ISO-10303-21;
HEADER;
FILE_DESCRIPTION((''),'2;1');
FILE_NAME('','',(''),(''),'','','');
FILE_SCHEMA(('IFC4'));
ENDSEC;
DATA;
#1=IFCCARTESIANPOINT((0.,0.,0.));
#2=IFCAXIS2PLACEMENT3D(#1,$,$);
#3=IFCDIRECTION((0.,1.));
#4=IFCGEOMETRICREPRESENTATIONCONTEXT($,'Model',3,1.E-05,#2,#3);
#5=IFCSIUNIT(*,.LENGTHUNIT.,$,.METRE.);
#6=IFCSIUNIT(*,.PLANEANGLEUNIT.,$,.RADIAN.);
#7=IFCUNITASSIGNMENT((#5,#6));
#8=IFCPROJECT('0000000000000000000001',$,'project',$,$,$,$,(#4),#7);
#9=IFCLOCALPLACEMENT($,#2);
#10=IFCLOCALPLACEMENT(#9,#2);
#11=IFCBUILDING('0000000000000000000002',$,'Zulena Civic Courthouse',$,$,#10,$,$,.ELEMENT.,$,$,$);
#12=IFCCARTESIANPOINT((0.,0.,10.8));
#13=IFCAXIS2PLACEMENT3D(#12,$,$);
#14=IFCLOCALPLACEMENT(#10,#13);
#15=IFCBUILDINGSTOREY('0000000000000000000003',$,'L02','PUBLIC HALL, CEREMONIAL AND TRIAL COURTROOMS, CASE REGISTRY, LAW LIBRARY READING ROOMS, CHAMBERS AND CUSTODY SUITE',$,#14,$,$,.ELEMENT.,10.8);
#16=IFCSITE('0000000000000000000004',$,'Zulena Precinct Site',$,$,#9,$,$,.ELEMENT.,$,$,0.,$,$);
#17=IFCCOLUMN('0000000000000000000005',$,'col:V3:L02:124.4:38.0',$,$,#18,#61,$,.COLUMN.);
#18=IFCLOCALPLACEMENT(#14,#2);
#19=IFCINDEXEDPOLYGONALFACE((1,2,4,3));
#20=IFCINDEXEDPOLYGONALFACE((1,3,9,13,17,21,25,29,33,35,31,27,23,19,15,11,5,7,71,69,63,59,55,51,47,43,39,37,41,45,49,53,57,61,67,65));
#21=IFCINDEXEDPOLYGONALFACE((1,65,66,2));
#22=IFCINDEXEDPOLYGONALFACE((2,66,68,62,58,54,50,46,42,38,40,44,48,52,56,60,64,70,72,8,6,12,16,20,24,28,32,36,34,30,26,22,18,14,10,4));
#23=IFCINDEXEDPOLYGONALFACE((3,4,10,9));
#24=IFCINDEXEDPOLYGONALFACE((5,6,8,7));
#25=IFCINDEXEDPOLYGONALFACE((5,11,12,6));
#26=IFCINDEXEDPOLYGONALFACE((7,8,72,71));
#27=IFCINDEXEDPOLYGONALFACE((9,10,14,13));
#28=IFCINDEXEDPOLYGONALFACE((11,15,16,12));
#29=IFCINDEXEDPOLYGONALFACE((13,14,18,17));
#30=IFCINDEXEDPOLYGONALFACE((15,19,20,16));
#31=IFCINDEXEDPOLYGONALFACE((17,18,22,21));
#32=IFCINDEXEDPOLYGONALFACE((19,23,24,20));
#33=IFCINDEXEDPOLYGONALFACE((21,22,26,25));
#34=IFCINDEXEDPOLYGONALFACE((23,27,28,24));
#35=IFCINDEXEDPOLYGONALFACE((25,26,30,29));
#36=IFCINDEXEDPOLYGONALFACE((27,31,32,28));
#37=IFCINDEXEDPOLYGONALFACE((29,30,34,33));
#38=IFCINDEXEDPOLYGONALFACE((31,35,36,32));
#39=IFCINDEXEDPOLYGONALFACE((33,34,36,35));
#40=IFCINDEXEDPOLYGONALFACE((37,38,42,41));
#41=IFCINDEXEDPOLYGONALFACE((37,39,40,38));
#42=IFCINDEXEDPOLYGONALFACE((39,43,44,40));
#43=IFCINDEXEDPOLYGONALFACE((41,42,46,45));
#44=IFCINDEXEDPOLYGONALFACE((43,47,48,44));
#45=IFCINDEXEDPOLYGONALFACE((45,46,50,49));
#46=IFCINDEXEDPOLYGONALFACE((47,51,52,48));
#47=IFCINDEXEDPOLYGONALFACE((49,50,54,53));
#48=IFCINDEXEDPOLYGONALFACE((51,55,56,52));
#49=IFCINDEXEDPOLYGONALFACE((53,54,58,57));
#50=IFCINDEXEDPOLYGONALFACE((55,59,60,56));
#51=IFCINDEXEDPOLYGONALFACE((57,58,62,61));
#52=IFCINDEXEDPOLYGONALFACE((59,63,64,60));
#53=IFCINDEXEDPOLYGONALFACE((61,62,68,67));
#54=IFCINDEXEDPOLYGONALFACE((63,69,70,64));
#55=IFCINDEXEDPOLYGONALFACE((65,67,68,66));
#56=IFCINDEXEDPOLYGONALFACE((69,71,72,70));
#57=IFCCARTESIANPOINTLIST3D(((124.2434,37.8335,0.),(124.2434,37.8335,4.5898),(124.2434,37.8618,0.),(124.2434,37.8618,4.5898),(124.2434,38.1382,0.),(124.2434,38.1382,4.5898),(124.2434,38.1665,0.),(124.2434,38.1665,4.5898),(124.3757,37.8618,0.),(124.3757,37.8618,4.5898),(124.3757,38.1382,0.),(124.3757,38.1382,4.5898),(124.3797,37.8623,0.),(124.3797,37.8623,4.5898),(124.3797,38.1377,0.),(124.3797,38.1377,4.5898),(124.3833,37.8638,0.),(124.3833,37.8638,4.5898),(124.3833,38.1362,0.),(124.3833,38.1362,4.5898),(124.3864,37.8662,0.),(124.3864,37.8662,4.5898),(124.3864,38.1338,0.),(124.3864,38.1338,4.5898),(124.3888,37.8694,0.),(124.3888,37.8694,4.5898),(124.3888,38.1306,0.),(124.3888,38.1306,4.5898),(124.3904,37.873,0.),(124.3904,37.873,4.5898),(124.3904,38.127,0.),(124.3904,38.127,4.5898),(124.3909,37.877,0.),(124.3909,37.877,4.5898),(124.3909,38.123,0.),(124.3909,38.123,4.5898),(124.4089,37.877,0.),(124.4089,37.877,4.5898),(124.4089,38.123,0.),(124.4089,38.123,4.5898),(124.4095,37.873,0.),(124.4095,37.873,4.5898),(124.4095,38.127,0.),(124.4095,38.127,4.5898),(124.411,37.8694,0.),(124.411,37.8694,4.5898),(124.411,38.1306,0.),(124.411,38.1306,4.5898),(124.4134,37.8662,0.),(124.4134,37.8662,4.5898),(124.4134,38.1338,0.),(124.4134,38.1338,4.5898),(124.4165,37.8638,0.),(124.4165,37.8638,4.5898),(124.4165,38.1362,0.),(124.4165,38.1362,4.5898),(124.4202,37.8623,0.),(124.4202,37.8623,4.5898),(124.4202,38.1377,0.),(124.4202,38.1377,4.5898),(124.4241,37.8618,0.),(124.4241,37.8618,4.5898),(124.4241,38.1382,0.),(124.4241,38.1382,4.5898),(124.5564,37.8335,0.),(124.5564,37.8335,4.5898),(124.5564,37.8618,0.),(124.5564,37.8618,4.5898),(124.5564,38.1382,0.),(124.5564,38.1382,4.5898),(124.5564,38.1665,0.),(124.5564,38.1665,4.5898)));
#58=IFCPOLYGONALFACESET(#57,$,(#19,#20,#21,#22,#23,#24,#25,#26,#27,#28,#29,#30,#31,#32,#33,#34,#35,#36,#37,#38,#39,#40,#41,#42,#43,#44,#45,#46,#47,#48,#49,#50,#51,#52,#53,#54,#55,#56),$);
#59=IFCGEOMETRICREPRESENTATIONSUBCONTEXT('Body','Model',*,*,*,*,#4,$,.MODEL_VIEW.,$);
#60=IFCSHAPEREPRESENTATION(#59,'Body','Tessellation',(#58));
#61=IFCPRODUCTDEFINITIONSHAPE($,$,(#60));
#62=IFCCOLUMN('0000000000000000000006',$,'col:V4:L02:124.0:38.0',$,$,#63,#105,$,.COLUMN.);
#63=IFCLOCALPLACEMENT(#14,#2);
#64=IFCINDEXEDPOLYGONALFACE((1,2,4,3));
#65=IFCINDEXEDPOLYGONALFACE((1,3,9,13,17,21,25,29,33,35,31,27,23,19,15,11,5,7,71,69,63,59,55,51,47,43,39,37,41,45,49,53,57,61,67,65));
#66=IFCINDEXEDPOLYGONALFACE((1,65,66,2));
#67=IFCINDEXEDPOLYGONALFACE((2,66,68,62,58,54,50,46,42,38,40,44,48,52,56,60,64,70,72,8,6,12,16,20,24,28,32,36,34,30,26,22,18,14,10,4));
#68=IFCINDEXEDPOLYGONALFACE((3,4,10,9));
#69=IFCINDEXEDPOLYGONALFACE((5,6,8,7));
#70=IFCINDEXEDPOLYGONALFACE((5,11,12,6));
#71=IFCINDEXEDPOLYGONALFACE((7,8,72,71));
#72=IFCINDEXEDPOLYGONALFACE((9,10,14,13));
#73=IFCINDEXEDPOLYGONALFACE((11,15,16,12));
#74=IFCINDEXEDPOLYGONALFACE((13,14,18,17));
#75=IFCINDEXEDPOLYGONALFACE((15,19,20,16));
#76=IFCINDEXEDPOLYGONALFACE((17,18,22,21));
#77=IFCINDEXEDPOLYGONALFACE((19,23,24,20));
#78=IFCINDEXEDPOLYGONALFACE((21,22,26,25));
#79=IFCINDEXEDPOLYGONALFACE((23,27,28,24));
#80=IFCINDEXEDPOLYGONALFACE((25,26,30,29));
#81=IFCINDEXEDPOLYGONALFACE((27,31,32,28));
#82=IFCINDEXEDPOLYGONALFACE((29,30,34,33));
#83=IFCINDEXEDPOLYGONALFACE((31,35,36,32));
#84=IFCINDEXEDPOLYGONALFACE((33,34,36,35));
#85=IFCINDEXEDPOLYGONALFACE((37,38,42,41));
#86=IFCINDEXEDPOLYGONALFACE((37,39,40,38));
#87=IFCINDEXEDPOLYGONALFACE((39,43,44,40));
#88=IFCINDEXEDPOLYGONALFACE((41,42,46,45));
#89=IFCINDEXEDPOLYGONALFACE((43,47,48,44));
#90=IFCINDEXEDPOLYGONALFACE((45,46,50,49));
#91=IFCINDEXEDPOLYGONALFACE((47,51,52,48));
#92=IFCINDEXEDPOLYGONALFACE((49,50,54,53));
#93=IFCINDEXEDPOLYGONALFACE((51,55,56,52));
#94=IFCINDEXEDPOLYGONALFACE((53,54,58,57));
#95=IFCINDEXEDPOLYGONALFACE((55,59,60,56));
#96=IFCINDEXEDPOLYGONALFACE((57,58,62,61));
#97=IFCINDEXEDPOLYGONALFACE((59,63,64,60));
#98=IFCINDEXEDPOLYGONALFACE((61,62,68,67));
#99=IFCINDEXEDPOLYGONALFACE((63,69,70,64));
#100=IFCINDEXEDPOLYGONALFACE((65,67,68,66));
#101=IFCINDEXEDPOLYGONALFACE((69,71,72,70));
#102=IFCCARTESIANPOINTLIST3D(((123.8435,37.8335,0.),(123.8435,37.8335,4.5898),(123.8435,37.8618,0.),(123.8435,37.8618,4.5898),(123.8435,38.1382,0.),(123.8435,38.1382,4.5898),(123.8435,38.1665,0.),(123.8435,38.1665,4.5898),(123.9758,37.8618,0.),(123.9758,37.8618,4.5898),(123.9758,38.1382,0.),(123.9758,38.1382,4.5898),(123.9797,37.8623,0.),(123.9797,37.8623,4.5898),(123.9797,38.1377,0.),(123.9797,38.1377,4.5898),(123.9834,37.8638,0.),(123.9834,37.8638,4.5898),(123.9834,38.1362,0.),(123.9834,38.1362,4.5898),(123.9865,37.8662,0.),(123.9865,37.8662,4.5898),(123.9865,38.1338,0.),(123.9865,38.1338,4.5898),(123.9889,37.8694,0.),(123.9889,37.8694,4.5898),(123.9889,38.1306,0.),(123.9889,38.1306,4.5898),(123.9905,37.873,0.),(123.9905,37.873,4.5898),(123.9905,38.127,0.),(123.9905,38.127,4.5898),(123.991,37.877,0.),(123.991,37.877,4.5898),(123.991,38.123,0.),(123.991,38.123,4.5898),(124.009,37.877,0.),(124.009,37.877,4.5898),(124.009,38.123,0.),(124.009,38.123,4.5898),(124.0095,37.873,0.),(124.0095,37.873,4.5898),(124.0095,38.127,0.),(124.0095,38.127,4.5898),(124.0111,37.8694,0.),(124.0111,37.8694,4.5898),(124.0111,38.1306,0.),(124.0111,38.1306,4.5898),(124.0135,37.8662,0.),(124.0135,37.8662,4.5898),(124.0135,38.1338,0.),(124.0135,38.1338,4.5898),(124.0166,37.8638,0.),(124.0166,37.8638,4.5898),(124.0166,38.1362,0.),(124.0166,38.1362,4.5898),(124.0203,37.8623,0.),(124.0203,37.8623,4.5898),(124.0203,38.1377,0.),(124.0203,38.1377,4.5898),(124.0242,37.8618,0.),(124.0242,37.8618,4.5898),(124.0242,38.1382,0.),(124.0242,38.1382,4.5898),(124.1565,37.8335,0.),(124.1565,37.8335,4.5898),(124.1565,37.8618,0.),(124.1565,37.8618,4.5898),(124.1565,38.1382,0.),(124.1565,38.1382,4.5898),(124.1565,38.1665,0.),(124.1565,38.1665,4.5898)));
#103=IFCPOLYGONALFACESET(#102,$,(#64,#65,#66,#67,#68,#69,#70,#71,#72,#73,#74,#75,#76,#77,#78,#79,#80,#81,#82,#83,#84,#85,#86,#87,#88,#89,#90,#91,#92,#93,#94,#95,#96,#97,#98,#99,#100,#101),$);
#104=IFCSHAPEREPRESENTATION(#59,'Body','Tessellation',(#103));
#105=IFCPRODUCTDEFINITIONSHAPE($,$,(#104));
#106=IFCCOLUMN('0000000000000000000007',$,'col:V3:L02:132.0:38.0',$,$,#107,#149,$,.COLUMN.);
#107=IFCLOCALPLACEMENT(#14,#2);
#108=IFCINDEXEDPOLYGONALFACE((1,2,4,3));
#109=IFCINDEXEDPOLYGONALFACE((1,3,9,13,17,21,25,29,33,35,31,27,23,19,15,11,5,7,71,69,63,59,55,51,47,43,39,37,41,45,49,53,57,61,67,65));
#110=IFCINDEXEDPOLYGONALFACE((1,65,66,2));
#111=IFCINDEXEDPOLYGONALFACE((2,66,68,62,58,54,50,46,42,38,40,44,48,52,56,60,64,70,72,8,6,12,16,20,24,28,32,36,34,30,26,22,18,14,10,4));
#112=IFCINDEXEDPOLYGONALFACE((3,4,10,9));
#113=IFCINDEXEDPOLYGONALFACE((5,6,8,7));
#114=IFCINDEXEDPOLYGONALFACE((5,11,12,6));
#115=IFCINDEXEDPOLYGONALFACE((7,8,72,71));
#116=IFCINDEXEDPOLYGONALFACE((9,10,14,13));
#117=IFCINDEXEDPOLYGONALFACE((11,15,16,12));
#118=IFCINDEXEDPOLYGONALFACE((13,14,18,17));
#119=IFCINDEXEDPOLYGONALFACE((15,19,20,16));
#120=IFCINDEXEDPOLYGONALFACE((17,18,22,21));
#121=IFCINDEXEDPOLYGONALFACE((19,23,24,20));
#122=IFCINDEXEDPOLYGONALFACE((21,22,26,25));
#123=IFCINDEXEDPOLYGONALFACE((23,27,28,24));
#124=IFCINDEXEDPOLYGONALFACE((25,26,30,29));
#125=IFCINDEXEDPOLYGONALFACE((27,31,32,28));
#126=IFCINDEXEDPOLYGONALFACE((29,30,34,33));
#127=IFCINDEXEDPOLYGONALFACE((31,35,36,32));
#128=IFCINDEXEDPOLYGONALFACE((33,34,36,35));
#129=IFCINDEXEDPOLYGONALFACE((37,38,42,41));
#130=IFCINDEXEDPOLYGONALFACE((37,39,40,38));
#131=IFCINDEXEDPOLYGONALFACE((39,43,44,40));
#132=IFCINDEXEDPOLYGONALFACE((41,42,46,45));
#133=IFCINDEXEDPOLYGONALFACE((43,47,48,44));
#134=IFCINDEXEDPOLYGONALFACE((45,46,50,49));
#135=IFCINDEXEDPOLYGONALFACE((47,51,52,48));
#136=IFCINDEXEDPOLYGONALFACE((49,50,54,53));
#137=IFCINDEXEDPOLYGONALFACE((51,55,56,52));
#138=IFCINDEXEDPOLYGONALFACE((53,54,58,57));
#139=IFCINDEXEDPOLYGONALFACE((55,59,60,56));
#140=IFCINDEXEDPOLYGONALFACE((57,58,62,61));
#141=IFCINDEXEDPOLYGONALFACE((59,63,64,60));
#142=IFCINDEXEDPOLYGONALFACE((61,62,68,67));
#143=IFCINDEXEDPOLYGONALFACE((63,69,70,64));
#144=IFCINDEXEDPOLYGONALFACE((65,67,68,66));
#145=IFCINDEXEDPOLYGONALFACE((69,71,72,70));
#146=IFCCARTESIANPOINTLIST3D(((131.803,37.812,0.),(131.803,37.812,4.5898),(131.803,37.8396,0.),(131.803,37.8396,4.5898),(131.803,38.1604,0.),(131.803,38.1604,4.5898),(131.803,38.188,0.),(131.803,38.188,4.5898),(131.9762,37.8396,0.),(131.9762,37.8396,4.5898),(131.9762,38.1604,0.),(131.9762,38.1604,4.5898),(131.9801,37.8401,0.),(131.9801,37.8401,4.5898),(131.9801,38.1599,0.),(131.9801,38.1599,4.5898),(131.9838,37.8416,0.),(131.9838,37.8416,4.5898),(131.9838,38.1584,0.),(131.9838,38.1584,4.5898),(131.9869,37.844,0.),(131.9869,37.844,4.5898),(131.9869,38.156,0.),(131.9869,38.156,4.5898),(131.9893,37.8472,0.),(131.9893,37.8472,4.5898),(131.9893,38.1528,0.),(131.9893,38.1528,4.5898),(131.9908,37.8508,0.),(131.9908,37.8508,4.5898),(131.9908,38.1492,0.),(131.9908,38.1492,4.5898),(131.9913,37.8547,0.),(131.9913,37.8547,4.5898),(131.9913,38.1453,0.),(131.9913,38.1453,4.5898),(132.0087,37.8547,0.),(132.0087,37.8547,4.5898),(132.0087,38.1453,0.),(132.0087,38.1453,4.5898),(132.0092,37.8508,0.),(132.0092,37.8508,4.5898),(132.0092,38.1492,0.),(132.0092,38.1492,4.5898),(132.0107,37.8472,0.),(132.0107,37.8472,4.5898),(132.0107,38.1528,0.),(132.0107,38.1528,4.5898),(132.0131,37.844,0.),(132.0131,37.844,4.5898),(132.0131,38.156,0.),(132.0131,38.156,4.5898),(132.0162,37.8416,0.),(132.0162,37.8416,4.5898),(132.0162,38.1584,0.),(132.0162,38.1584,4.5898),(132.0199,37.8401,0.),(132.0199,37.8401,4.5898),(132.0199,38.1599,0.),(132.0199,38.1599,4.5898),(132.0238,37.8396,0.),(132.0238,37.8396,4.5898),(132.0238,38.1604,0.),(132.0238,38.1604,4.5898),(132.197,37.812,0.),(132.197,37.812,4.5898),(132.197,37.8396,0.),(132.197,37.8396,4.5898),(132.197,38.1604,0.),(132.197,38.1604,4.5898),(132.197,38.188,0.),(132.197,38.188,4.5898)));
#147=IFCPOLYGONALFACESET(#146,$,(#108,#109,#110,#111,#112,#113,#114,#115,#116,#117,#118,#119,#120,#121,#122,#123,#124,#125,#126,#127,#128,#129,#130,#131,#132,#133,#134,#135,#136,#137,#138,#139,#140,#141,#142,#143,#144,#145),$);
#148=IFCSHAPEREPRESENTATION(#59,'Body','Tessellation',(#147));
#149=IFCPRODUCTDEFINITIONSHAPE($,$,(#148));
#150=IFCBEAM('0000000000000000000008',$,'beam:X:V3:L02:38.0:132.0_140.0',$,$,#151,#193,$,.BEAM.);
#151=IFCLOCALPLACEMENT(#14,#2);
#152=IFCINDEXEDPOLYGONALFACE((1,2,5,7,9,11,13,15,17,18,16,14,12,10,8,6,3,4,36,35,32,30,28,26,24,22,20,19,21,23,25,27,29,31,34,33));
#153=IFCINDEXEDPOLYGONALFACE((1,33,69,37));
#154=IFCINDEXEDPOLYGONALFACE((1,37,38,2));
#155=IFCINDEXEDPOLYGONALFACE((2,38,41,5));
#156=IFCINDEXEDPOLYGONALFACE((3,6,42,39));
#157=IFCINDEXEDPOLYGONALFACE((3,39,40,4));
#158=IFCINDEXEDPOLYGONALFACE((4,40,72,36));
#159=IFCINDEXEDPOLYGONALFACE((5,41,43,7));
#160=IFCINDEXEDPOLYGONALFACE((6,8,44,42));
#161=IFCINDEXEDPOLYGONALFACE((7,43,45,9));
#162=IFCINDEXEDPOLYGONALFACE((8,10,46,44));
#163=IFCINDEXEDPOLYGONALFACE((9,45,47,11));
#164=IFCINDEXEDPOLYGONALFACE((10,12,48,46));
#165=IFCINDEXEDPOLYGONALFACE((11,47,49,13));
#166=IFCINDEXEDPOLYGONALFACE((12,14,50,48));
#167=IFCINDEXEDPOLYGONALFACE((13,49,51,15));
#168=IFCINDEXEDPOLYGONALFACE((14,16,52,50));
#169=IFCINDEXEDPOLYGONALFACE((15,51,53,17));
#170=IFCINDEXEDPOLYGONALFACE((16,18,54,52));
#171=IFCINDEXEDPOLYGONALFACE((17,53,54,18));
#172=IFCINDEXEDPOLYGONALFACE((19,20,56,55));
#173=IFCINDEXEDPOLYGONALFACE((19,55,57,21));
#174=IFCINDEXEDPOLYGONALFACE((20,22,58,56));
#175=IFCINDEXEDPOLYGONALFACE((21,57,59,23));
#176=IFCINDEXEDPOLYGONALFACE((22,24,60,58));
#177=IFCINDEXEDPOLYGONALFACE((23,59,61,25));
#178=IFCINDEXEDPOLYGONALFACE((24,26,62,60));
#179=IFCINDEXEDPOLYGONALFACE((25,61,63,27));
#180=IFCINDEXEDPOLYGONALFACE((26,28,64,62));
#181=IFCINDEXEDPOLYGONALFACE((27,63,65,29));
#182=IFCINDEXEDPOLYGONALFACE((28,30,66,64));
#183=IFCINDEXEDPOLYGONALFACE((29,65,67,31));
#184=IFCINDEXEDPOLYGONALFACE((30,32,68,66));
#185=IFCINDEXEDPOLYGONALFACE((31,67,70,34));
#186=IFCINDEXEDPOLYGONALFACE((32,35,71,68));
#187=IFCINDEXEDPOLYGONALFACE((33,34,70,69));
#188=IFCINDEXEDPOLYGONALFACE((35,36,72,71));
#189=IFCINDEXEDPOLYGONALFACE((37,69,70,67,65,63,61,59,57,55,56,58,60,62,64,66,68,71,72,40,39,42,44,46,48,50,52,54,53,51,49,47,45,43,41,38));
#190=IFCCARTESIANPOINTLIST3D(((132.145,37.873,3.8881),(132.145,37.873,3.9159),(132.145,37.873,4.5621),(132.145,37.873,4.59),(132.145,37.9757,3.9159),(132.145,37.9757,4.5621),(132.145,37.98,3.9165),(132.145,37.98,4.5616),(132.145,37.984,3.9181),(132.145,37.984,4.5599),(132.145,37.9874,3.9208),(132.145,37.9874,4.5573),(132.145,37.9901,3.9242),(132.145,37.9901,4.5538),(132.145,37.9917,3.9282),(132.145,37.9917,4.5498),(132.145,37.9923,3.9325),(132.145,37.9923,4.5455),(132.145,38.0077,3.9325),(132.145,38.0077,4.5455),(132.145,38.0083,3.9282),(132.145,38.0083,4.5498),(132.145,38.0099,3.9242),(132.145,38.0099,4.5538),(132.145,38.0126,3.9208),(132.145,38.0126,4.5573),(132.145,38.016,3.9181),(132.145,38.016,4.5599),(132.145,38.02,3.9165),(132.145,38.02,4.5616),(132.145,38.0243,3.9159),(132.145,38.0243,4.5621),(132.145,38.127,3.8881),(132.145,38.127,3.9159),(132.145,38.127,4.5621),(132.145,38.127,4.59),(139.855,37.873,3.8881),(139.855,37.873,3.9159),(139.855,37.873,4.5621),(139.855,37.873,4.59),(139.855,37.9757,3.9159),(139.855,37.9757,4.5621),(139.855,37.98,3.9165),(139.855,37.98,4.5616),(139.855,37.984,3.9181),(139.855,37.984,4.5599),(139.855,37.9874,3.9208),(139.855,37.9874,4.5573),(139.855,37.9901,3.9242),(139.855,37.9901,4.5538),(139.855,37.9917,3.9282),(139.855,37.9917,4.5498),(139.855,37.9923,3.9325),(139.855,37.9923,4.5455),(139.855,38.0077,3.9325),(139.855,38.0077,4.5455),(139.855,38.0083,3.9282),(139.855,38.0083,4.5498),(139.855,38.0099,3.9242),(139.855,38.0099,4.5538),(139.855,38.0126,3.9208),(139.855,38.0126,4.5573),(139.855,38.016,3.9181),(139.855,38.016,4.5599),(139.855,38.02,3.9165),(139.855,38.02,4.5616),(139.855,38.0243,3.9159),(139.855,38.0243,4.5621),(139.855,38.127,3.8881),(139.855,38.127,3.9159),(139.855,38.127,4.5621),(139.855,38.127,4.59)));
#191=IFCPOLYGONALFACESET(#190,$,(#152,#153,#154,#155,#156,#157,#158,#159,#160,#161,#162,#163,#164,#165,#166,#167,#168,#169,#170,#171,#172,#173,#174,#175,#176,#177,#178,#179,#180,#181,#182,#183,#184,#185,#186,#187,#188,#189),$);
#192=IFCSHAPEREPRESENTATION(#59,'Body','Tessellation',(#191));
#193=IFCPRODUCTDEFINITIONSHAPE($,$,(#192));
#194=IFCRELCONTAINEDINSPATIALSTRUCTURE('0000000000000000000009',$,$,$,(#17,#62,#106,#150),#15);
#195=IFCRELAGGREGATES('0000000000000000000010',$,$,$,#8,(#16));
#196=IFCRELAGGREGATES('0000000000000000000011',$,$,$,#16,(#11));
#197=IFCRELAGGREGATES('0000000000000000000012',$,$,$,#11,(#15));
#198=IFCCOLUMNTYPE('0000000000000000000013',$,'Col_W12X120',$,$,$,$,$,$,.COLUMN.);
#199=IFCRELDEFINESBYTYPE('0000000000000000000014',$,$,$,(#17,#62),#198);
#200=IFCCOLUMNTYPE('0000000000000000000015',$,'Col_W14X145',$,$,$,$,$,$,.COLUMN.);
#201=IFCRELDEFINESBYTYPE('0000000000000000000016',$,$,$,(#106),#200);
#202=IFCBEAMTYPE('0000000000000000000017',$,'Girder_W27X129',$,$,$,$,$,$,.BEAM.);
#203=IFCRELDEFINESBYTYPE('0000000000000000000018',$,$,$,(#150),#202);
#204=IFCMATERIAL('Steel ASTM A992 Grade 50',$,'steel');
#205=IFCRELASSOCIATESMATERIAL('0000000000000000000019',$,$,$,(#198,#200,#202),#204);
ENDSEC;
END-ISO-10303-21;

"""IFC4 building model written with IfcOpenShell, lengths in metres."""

from ifc_helpers import new_model, si_unit, direction, frame, origin, origin_2d, place, context, subcontext, project, spatial, i_section, extrude, material, material_profile, profile_set, type_object, element, save


model = new_model("IFC4")

# Units and contexts
model_context = context("Model", 3, precision=1e-05, world=origin(), true_north=direction((0.0, 1.0)))
body_context = subcontext(model_context, "Body", "Model", "MODEL_VIEW")
ifc_project = project(units=[si_unit("LENGTHUNIT", "METRE"), si_unit("PLANEANGLEUNIT", "RADIAN")], contexts=[model_context])

# Site, building, storey
site_placement = place(None, origin())
site = spatial("IfcSite", under=ifc_project, at=site_placement, Name="Zulena Precinct Site", CompositionType="ELEMENT", RefElevation=0.0)
building_placement = place(site_placement, origin())
building = spatial("IfcBuilding", under=site, at=building_placement, Name="Zulena Civic Courthouse", CompositionType="ELEMENT")
storey_placement = place(building_placement, frame((0.0, 0.0, 10.8)))
storey = spatial("IfcBuildingStorey", under=building, at=storey_placement, Name="L02", Description="PUBLIC HALL, CEREMONIAL AND TRIAL COURTROOMS, CASE REGISTRY, LAW LIBRARY READING ROOMS, CHAMBERS AND CUSTODY SUITE", CompositionType="ELEMENT", Elevation=10.8)

# Columns
ifc_material_1 = material(Name="Steel ASTM A992 Grade 50", Category="steel")
ifc_material_profile_1 = material_profile(ifc_material_1, i_section(OverallWidth=0.313, OverallDepth=0.333, WebThickness=0.0181, FlangeThickness=0.0283, FilletRadius=0.0151, at=origin_2d()), Name="W12X120")
ifc_profile_set_1 = profile_set([ifc_material_profile_1], Name="Steel ASTM A992 Grade 50")
column_type_1 = type_object("IfcColumnType", Name="Col_W12X120", PredefinedType="COLUMN", material=ifc_profile_set_1)
for number, where, z_axis, x_axis, name in (
    (1, (124.3999, 38.0, 0.0), (0.0, 0.0, 1.0), (1.0, 0.0, 0.0), "col:V3:L02:124.4:38.0"),
    (2, (124.0, 38.0, 0.0), (0.0, 0.0, 1.0), (1.0, 0.0, 0.0), "col:V4:L02:124.0:38.0"),
):
    element("IfcColumn", number, at=place(storey_placement, frame(where, z_axis=z_axis, x_axis=x_axis)), inside=storey, type_object=column_type_1, Name=name, PredefinedType="COLUMN", context=body_context, shape_type="SweptSolid", body=[
        extrude(i_section(OverallWidth=0.313, OverallDepth=0.333, WebThickness=0.0181, FlangeThickness=0.0283, FilletRadius=0.0151, at=origin_2d()), origin(), (0.0, 0.0, 1.0), 4.5898),
    ])
ifc_material_profile_2 = material_profile(ifc_material_1, i_section(OverallWidth=0.394, OverallDepth=0.376, WebThickness=0.0173, FlangeThickness=0.0276, FilletRadius=0.0151, at=origin_2d()), Name="W14X145")
ifc_profile_set_2 = profile_set([ifc_material_profile_2], Name="Steel ASTM A992 Grade 50")
column_type_2 = type_object("IfcColumnType", Name="Col_W14X145", PredefinedType="COLUMN", material=ifc_profile_set_2)
column_placement = place(storey_placement, frame((132.0, 38.0, 0.0), z_axis=(0.0, 0.0, 1.0), x_axis=(1.0, 0.0, 0.0)))
element("IfcColumn", 3, at=column_placement, inside=storey, type_object=column_type_2, Name="col:V3:L02:132.0:38.0", PredefinedType="COLUMN", context=body_context, shape_type="SweptSolid", body=[
    extrude(i_section(OverallWidth=0.394, OverallDepth=0.376, WebThickness=0.0173, FlangeThickness=0.0276, FilletRadius=0.0151, at=origin_2d()), origin(), (0.0, 0.0, 1.0), 4.5898),
])

# Beam
ifc_material_profile_3 = material_profile(ifc_material_1, i_section(OverallWidth=0.2539, OverallDepth=0.7019, WebThickness=0.0154, FlangeThickness=0.0278, FilletRadius=0.0166, at=origin_2d()), Name="W27X129")
ifc_profile_set_3 = profile_set([ifc_material_profile_3], Name="Steel ASTM A992 Grade 50")
beam_type_1 = type_object("IfcBeamType", Name="Girder_W27X129", PredefinedType="BEAM", material=ifc_profile_set_3)
beam_1_placement = place(storey_placement, frame((132.145, 38.0, 4.239), z_axis=(1.0, 0.0, 0.0), x_axis=(0.0, 1.0, 0.0)))
element("IfcBeam", 4, at=beam_1_placement, inside=storey, type_object=beam_type_1, Name="beam:X:V3:L02:38.0:132.0_140.0", PredefinedType="BEAM", context=body_context, shape_type="SweptSolid", body=[
    extrude(i_section(OverallWidth=0.2539, OverallDepth=0.7019, WebThickness=0.0154, FlangeThickness=0.0278, FilletRadius=0.0166, at=origin_2d()), origin(), (0.0, 0.0, 1.0), 7.71),
])

save(model, "model.ifc")
